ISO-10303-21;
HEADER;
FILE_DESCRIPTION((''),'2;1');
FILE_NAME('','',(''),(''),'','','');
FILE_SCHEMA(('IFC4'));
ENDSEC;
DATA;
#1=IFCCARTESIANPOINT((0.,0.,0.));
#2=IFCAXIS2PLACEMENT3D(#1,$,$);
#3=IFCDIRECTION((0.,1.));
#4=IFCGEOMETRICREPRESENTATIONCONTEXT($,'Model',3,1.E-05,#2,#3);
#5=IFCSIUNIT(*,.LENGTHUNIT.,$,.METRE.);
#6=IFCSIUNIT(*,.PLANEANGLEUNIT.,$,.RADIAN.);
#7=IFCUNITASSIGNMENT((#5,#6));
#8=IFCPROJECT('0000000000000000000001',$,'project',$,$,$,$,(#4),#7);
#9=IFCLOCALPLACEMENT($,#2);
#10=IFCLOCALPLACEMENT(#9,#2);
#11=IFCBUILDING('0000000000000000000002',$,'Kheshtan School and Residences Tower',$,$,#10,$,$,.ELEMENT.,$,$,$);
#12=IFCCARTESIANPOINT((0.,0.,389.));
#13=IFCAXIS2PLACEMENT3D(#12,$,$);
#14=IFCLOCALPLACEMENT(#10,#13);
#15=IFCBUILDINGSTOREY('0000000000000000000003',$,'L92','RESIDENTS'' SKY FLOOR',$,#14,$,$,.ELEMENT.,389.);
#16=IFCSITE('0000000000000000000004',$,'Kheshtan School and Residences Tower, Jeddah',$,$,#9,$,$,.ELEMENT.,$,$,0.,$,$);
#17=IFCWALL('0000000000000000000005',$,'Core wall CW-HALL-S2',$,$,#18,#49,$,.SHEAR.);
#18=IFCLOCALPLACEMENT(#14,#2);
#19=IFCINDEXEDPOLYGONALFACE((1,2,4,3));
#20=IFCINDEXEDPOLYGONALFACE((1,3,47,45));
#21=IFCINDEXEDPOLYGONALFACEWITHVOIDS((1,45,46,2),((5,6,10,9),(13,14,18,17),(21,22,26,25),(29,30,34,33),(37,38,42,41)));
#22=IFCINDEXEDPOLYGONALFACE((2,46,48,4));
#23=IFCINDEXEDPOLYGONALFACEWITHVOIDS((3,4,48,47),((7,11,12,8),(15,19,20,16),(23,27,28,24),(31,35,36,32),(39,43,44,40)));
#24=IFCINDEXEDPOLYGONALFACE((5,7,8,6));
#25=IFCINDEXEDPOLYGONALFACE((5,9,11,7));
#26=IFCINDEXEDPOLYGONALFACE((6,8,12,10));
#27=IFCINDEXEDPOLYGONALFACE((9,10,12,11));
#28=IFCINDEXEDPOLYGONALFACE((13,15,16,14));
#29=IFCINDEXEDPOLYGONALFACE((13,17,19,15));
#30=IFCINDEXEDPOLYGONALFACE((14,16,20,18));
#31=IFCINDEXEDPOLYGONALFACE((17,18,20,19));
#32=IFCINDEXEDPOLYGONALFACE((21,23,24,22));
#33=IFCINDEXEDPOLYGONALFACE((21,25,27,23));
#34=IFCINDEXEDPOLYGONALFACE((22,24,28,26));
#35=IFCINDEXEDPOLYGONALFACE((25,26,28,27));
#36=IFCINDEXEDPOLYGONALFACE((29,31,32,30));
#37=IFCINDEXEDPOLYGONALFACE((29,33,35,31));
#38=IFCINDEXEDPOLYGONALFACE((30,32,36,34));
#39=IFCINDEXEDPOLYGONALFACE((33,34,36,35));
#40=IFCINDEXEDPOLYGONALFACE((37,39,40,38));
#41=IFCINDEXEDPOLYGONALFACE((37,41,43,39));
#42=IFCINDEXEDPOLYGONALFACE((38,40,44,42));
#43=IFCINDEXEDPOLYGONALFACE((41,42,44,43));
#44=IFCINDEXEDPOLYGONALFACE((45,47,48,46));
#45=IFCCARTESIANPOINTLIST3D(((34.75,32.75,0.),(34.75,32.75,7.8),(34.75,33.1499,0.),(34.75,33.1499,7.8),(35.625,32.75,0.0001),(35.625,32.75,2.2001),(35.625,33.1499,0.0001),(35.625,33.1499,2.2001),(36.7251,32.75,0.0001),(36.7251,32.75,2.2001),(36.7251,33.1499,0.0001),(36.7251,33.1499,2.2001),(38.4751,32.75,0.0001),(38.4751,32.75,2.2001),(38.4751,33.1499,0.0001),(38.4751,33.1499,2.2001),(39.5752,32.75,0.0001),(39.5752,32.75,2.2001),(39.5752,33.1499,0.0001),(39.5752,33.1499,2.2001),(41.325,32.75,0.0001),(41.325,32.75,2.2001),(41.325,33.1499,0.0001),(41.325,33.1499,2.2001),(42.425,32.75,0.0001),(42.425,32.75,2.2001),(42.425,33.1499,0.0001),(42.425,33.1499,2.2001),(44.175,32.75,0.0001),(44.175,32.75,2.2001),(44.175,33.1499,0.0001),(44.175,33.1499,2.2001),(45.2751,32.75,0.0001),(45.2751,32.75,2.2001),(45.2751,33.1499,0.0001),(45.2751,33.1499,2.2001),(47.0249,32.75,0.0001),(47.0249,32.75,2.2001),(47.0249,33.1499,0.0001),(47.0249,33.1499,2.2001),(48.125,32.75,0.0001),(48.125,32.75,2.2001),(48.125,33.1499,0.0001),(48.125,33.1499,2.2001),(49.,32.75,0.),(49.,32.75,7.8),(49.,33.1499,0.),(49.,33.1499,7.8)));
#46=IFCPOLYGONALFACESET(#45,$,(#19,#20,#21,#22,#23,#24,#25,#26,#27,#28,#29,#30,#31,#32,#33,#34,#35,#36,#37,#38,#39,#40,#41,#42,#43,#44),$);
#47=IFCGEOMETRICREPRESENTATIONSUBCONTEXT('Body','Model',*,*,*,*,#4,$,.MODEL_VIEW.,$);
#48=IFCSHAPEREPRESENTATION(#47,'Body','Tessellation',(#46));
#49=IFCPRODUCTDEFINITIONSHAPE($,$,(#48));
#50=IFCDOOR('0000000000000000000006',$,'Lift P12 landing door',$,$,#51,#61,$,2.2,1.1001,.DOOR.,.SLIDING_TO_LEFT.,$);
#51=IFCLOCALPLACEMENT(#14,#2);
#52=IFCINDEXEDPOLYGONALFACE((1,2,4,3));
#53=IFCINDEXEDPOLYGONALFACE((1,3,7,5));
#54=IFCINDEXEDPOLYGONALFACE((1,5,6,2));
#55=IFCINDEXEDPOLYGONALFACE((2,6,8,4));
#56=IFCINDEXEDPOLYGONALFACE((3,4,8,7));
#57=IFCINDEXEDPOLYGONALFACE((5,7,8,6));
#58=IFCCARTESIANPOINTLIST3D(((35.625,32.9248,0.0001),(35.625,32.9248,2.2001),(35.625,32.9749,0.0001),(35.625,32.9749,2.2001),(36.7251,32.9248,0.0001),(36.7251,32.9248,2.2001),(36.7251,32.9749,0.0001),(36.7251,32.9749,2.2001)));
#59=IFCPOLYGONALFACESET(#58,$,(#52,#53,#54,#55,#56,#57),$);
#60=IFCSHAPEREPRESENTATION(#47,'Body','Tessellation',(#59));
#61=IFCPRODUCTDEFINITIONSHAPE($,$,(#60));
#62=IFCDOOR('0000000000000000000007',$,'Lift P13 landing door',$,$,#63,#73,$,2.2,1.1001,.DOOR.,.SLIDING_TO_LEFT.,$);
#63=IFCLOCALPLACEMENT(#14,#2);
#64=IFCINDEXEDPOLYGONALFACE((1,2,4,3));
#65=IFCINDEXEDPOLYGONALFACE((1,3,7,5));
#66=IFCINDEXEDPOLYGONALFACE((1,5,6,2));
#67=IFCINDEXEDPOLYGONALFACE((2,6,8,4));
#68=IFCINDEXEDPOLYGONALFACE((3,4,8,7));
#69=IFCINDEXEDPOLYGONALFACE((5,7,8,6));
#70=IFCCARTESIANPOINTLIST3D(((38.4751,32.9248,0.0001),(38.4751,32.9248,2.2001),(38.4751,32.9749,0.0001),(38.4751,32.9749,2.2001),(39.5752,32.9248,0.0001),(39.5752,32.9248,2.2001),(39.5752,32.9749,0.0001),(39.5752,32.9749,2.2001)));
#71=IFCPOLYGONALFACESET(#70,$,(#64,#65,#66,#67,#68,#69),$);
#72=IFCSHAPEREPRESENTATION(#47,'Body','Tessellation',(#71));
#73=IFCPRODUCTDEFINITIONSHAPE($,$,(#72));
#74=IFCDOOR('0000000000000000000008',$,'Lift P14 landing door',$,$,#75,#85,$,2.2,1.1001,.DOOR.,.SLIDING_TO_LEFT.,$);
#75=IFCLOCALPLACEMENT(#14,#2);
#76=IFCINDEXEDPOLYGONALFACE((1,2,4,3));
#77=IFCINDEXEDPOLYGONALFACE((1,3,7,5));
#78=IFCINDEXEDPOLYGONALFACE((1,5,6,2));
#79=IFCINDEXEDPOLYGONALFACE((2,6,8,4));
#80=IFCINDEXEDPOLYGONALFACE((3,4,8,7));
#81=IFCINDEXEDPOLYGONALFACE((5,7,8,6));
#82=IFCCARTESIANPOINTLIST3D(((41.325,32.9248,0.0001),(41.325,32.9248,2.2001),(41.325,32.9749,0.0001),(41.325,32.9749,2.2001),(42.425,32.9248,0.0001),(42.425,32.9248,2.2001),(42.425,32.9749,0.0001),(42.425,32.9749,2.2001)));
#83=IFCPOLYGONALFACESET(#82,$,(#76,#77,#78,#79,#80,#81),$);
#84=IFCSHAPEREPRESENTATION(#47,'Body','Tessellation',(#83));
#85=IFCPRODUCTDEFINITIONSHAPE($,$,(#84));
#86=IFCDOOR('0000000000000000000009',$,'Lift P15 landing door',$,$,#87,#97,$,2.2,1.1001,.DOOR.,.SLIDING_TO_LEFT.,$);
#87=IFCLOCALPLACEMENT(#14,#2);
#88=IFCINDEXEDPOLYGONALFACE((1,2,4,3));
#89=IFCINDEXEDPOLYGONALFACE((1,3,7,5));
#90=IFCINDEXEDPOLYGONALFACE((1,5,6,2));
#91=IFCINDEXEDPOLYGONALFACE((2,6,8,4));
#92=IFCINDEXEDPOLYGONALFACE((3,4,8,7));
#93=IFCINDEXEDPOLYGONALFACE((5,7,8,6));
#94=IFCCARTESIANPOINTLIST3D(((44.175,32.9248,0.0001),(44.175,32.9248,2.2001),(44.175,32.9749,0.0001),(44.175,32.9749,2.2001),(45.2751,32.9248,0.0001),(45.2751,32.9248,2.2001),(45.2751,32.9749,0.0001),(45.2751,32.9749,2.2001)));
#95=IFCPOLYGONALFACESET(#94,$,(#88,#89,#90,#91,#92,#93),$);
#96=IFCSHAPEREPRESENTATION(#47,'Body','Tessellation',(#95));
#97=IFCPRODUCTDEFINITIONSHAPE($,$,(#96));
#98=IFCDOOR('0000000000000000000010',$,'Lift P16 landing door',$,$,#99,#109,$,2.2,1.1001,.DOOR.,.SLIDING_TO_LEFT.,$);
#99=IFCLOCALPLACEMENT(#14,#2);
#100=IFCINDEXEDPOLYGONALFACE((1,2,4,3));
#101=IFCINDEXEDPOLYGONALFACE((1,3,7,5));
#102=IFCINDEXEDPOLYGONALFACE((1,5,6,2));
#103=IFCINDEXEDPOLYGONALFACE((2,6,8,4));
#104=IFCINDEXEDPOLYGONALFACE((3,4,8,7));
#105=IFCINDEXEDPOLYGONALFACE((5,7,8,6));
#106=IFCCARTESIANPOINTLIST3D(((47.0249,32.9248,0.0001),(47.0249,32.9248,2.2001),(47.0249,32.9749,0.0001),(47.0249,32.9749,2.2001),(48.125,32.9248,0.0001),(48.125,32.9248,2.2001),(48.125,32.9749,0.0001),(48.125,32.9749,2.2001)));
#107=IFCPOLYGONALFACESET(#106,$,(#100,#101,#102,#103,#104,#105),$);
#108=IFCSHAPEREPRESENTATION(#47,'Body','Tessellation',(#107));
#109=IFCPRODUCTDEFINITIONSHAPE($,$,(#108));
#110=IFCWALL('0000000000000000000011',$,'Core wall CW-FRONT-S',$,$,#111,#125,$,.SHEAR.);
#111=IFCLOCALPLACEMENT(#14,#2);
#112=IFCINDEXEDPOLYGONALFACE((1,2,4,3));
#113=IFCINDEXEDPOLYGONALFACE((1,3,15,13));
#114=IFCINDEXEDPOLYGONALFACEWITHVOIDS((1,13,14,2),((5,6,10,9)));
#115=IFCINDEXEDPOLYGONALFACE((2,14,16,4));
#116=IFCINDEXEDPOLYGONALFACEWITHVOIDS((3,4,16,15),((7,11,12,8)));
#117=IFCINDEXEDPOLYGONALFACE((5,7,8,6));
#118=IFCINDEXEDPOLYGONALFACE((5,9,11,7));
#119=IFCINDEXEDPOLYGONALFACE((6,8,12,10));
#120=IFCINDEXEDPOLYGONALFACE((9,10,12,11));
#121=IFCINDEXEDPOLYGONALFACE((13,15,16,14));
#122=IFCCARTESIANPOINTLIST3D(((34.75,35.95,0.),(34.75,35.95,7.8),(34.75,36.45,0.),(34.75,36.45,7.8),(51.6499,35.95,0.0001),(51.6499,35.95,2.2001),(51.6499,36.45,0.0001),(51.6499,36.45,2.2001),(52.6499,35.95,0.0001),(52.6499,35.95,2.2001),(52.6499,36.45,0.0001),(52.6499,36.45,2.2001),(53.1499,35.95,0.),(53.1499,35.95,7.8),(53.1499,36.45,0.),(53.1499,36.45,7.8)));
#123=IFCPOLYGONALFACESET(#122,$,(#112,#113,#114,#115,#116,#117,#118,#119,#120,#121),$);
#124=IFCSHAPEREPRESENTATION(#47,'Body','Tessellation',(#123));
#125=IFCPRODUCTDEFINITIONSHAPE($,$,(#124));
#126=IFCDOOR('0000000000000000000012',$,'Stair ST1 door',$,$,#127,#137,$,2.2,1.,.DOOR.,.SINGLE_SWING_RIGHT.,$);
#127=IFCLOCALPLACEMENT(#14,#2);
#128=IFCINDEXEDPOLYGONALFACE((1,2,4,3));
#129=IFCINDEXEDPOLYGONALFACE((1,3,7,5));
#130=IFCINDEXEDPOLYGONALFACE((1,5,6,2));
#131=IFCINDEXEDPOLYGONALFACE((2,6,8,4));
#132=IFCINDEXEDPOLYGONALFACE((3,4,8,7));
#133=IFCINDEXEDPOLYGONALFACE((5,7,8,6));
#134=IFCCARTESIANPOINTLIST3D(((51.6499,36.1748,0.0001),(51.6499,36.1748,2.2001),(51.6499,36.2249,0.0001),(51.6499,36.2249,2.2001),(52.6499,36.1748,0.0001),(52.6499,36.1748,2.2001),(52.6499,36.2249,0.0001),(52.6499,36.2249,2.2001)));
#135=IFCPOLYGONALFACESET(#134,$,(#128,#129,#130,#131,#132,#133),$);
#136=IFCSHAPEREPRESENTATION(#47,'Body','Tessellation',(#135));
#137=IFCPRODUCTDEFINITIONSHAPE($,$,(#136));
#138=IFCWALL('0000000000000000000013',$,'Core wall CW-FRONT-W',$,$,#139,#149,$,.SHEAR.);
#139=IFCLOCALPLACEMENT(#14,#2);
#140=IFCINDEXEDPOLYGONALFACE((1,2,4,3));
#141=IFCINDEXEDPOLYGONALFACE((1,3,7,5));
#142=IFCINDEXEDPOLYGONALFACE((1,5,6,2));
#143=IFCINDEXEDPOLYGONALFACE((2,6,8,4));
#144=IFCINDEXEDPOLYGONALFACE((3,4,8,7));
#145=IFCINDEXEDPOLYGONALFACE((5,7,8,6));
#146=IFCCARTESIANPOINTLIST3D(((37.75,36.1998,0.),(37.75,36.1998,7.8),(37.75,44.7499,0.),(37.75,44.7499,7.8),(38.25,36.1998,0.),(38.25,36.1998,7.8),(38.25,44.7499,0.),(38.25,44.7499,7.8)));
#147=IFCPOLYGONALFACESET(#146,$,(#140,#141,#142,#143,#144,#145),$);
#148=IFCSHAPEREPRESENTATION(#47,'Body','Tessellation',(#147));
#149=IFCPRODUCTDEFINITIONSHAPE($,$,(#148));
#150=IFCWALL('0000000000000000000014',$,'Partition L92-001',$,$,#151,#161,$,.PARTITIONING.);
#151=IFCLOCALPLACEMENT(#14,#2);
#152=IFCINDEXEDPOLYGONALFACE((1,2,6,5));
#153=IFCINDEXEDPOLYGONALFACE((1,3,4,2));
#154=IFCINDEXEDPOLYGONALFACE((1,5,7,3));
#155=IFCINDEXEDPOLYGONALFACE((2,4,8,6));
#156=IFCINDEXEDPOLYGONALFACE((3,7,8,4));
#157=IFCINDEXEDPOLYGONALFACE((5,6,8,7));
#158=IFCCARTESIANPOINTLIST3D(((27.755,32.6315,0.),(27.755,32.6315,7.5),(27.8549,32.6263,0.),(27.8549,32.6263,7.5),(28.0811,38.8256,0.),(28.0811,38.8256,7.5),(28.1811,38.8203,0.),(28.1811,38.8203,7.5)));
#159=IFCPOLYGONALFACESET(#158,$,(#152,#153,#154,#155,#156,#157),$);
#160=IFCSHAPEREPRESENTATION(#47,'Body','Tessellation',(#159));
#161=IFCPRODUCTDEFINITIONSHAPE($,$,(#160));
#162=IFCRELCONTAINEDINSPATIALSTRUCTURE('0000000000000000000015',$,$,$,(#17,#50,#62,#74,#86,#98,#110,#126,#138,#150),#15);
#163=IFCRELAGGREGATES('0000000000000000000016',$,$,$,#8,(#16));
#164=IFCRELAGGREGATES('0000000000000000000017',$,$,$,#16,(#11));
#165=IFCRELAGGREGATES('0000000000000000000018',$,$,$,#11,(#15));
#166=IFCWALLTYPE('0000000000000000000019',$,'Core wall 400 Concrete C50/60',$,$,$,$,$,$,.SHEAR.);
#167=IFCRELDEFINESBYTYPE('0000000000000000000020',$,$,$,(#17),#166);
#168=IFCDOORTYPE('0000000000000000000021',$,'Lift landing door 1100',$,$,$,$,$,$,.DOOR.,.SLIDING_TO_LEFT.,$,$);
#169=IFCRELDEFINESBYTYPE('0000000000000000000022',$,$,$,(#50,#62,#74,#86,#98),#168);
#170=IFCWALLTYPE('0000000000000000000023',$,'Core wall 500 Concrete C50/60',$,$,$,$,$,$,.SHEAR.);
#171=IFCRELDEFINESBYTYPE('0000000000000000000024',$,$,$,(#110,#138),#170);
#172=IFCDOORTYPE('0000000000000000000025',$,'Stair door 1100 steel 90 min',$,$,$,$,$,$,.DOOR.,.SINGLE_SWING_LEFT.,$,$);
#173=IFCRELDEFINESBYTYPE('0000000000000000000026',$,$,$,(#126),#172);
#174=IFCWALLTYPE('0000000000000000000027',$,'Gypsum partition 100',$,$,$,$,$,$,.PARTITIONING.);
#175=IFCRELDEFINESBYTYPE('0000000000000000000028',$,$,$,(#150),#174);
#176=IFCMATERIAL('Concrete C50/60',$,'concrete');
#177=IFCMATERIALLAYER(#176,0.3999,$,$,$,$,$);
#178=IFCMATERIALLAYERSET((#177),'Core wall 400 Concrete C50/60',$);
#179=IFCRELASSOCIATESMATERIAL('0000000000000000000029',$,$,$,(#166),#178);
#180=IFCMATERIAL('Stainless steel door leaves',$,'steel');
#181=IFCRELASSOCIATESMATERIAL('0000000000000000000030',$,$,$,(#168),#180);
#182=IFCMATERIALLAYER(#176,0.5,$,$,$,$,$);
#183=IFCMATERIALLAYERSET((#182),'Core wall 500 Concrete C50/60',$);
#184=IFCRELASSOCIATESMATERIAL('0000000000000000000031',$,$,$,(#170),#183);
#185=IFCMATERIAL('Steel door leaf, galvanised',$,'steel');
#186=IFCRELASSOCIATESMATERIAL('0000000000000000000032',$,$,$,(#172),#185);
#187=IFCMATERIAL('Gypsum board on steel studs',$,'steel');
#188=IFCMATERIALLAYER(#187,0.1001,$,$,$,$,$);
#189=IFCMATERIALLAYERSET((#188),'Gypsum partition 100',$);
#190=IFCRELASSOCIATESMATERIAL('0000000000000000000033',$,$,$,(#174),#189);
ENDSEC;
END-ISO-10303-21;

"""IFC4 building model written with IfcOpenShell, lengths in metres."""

from ifc_helpers import new_model, si_unit, direction, frame, frame_2d, origin, place, context, subcontext, project, spatial, rectangle, extrude, source, transform, mapped, material, layer, layer_set, type_object, element, fill, save


model = new_model("IFC4")

# Units and contexts
model_context = context("Model", 3, precision=1e-05, world=origin(), true_north=direction((0.0, 1.0)))
body_context = subcontext(model_context, "Body", "Model", "MODEL_VIEW")
ifc_project = project(units=[si_unit("LENGTHUNIT", "METRE"), si_unit("PLANEANGLEUNIT", "RADIAN")], contexts=[model_context])

# Site, building, storey
site_placement = place(None, origin())
site = spatial("IfcSite", under=ifc_project, at=site_placement, Name="Kheshtan School and Residences Tower, Jeddah", CompositionType="ELEMENT", RefElevation=0.0)
building_placement = place(site_placement, origin())
building = spatial("IfcBuilding", under=site, at=building_placement, Name="Kheshtan School and Residences Tower", CompositionType="ELEMENT")
storey_placement = place(building_placement, frame((0.0, 0.0, 389.0)))
storey = spatial("IfcBuildingStorey", under=building, at=storey_placement, Name="L92", Description="RESIDENTS' SKY FLOOR", CompositionType="ELEMENT", Elevation=389.0)

# Wall, openings, doors
ifc_material_1 = material(Name="Concrete C50/60", Category="concrete")
ifc_layer_1 = layer(ifc_material_1, 0.3999)
ifc_layer_set_1 = layer_set([ifc_layer_1], Name="Core wall 400 Concrete C50/60")
wall_type_1 = type_object("IfcWallType", Name="Core wall 400 Concrete C50/60", PredefinedType="SHEAR", material=ifc_layer_set_1)
wall_1_placement = place(storey_placement, frame((34.75, 32.95, 0.0), z_axis=(0.0, 0.0, 1.0), x_axis=(1.0, 0.0, 0.0)))
wall_1 = element("IfcWall", 1, at=wall_1_placement, inside=storey, type_object=wall_type_1, Name="Core wall CW-HALL-S2", PredefinedType="SHEAR", context=body_context, shape_type="SweptSolid", body=[
    extrude(rectangle(XDim=14.25, YDim=0.3999, at=frame_2d((7.125, 0.0))), origin(), (0.0, 0.0, 1.0), 7.8),
])
opening_1_placement = place(wall_1_placement, frame((0.875, 0.0, 0.0)))
opening_1 = element("IfcOpeningElement", 2, at=opening_1_placement, cuts=wall_1, PredefinedType="OPENING", context=body_context, shape_type="SweptSolid", body=[
    extrude(rectangle(XDim=1.1001, YDim=2.2, at=frame_2d((0.55, 1.1001))), frame((0.0, 0.21, 0.0), z_axis=(0.0, -1.0, 0.0), x_axis=(1.0, 0.0, 0.0)), (0.0, 0.0, 1.0), 0.4199),
])
opening_2_placement = place(wall_1_placement, frame((3.7251, 0.0, 0.0)))
opening_2 = element("IfcOpeningElement", 3, at=opening_2_placement, cuts=wall_1, PredefinedType="OPENING", context=body_context, shape_type="SweptSolid", body=[
    extrude(rectangle(XDim=1.1001, YDim=2.2, at=frame_2d((0.55, 1.1001))), frame((0.0, 0.21, 0.0), z_axis=(0.0, -1.0, 0.0), x_axis=(1.0, 0.0, 0.0)), (0.0, 0.0, 1.0), 0.4199),
])
opening_3_placement = place(wall_1_placement, frame((6.575, 0.0, 0.0)))
opening_3 = element("IfcOpeningElement", 4, at=opening_3_placement, cuts=wall_1, PredefinedType="OPENING", context=body_context, shape_type="SweptSolid", body=[
    extrude(rectangle(XDim=1.1001, YDim=2.2, at=frame_2d((0.55, 1.1001))), frame((0.0, 0.21, 0.0), z_axis=(0.0, -1.0, 0.0), x_axis=(1.0, 0.0, 0.0)), (0.0, 0.0, 1.0), 0.4199),
])
opening_4_placement = place(wall_1_placement, frame((9.425, 0.0, 0.0)))
opening_4 = element("IfcOpeningElement", 5, at=opening_4_placement, cuts=wall_1, PredefinedType="OPENING", context=body_context, shape_type="SweptSolid", body=[
    extrude(rectangle(XDim=1.1001, YDim=2.2, at=frame_2d((0.55, 1.1001))), frame((0.0, 0.21, 0.0), z_axis=(0.0, -1.0, 0.0), x_axis=(1.0, 0.0, 0.0)), (0.0, 0.0, 1.0), 0.4199),
])
opening_5_placement = place(wall_1_placement, frame((12.2749, 0.0, 0.0)))
opening_5 = element("IfcOpeningElement", 6, at=opening_5_placement, cuts=wall_1, PredefinedType="OPENING", context=body_context, shape_type="SweptSolid", body=[
    extrude(rectangle(XDim=1.1001, YDim=2.2, at=frame_2d((0.55, 1.1001))), frame((0.0, 0.21, 0.0), z_axis=(0.0, -1.0, 0.0), x_axis=(1.0, 0.0, 0.0)), (0.0, 0.0, 1.0), 0.4199),
])
ifc_material_2 = material(Name="Stainless steel door leaves", Category="steel")
door_type_1 = type_object("IfcDoorType", Name="Lift landing door 1100", OperationType="SLIDING_TO_LEFT", PredefinedType="DOOR", material=ifc_material_2)
shared_shape_1 = source(origin(), body_context, "Body", "SweptSolid", [
    extrude(rectangle(XDim=1.1001, YDim=2.2, at=frame_2d((0.55, 1.1001))), frame((0.0, 0.0249, 0.0), z_axis=(0.0, -1.0, 0.0), x_axis=(1.0, 0.0, 0.0)), (0.0, 0.0, 1.0), 0.05),
])
door_1_placement = place(opening_1_placement, origin())
door_1 = element("IfcDoor", 7, at=door_1_placement, inside=storey, type_object=door_type_1, Name="Lift P12 landing door", OperationType="SLIDING_TO_LEFT", OverallHeight=2.2, OverallWidth=1.1001, PredefinedType="DOOR", context=body_context, shape_type="MappedRepresentation", body=[
    mapped(shared_shape_1, transform((0.0, 0.0, 0.0), x_axis=(1.0, 0.0, 0.0), y_axis=(0.0, 1.0, 0.0), z_axis=(0.0, 0.0, 1.0), scale=1.0)),
])
fill(opening_1, door_1)
door_2_placement = place(opening_2_placement, origin())
door_2 = element("IfcDoor", 8, at=door_2_placement, inside=storey, type_object=door_type_1, Name="Lift P13 landing door", OperationType="SLIDING_TO_LEFT", OverallHeight=2.2, OverallWidth=1.1001, PredefinedType="DOOR", context=body_context, shape_type="MappedRepresentation", body=[
    mapped(shared_shape_1, transform((0.0, 0.0, 0.0), x_axis=(1.0, 0.0, 0.0), y_axis=(0.0, 1.0, 0.0), z_axis=(0.0, 0.0, 1.0), scale=1.0)),
])
fill(opening_2, door_2)
door_3_placement = place(opening_3_placement, origin())
door_3 = element("IfcDoor", 9, at=door_3_placement, inside=storey, type_object=door_type_1, Name="Lift P14 landing door", OperationType="SLIDING_TO_LEFT", OverallHeight=2.2, OverallWidth=1.1001, PredefinedType="DOOR", context=body_context, shape_type="MappedRepresentation", body=[
    mapped(shared_shape_1, transform((0.0, 0.0, 0.0), x_axis=(1.0, 0.0, 0.0), y_axis=(0.0, 1.0, 0.0), z_axis=(0.0, 0.0, 1.0), scale=1.0)),
])
fill(opening_3, door_3)
door_4_placement = place(opening_4_placement, origin())
door_4 = element("IfcDoor", 10, at=door_4_placement, inside=storey, type_object=door_type_1, Name="Lift P15 landing door", OperationType="SLIDING_TO_LEFT", OverallHeight=2.2, OverallWidth=1.1001, PredefinedType="DOOR", context=body_context, shape_type="MappedRepresentation", body=[
    mapped(shared_shape_1, transform((0.0, 0.0, 0.0), x_axis=(1.0, 0.0, 0.0), y_axis=(0.0, 1.0, 0.0), z_axis=(0.0, 0.0, 1.0), scale=1.0)),
])
fill(opening_4, door_4)
door_5_placement = place(opening_5_placement, origin())
door_5 = element("IfcDoor", 11, at=door_5_placement, inside=storey, type_object=door_type_1, Name="Lift P16 landing door", OperationType="SLIDING_TO_LEFT", OverallHeight=2.2, OverallWidth=1.1001, PredefinedType="DOOR", context=body_context, shape_type="MappedRepresentation", body=[
    mapped(shared_shape_1, transform((0.0, 0.0, 0.0), x_axis=(1.0, 0.0, 0.0), y_axis=(0.0, 1.0, 0.0), z_axis=(0.0, 0.0, 1.0), scale=1.0)),
])
fill(opening_5, door_5)

# Wall, opening, door
ifc_layer_2 = layer(ifc_material_1, 0.5)
ifc_layer_set_2 = layer_set([ifc_layer_2], Name="Core wall 500 Concrete C50/60")
wall_type_2 = type_object("IfcWallType", Name="Core wall 500 Concrete C50/60", PredefinedType="SHEAR", material=ifc_layer_set_2)
wall_2_placement = place(storey_placement, frame((34.75, 36.2, 0.0), z_axis=(0.0, 0.0, 1.0), x_axis=(1.0, 0.0, 0.0)))
wall_2 = element("IfcWall", 12, at=wall_2_placement, inside=storey, type_object=wall_type_2, Name="Core wall CW-FRONT-S", PredefinedType="SHEAR", context=body_context, shape_type="SweptSolid", body=[
    extrude(rectangle(XDim=18.3999, YDim=0.5, at=frame_2d((9.2, 0.0))), origin(), (0.0, 0.0, 1.0), 7.8),
])
opening_6_placement = place(wall_2_placement, frame((16.8999, 0.0, 0.0)))
opening_6 = element("IfcOpeningElement", 13, at=opening_6_placement, cuts=wall_2, PredefinedType="OPENING", context=body_context, shape_type="SweptSolid", body=[
    extrude(rectangle(XDim=1.0, YDim=2.2, at=frame_2d((0.5, 1.1001))), frame((0.0, 0.26, 0.0), z_axis=(0.0, -1.0, 0.0), x_axis=(1.0, 0.0, 0.0)), (0.0, 0.0, 1.0), 0.52),
])
ifc_material_3 = material(Name="Steel door leaf, galvanised", Category="steel")
door_type_2 = type_object("IfcDoorType", Name="Stair door 1100 steel 90 min", OperationType="SINGLE_SWING_LEFT", PredefinedType="DOOR", material=ifc_material_3)
shared_shape_2 = source(origin(), body_context, "Body", "SweptSolid", [
    extrude(rectangle(XDim=1.0, YDim=2.2, at=frame_2d((0.5, 1.1001))), frame((0.0, 0.0249, 0.0), z_axis=(0.0, -1.0, 0.0), x_axis=(1.0, 0.0, 0.0)), (0.0, 0.0, 1.0), 0.05),
])
door_6_placement = place(opening_6_placement, origin())
door_6 = element("IfcDoor", 14, at=door_6_placement, inside=storey, type_object=door_type_2, Name="Stair ST1 door", OperationType="SINGLE_SWING_RIGHT", OverallHeight=2.2, OverallWidth=1.0, PredefinedType="DOOR", context=body_context, shape_type="MappedRepresentation", body=[
    mapped(shared_shape_2, transform((0.0, 0.0, 0.0), x_axis=(1.0, 0.0, 0.0), y_axis=(0.0, 1.0, 0.0), z_axis=(0.0, 0.0, 1.0), scale=1.0)),
])
fill(opening_6, door_6)

# Walls
wall_3_placement = place(storey_placement, frame((38.0, 36.2, 0.0), z_axis=(0.0, 0.0, 1.0), x_axis=(0.0, 1.0, 0.0)))
element("IfcWall", 15, at=wall_3_placement, inside=storey, type_object=wall_type_2, Name="Core wall CW-FRONT-W", PredefinedType="SHEAR", context=body_context, shape_type="SweptSolid", body=[
    extrude(rectangle(XDim=8.55, YDim=0.5, at=frame_2d((4.2749, 0.0))), origin(), (0.0, 0.0, 1.0), 7.8),
])
ifc_material_4 = material(Name="Gypsum board on steel studs", Category="steel")
ifc_layer_3 = layer(ifc_material_4, 0.1001)
ifc_layer_set_3 = layer_set([ifc_layer_3], Name="Gypsum partition 100")
wall_type_3 = type_object("IfcWallType", Name="Gypsum partition 100", PredefinedType="PARTITIONING", material=ifc_layer_set_3)
wall_4_placement = place(storey_placement, frame((27.8049, 32.6289, 0.0), z_axis=(0.0, 0.0, 1.0), x_axis=(0.052586, 0.998616, 0.0)))
element("IfcWall", 16, at=wall_4_placement, inside=storey, type_object=wall_type_3, Name="Partition L92-001", PredefinedType="PARTITIONING", context=body_context, shape_type="SweptSolid", body=[
    extrude(rectangle(XDim=6.2026, YDim=0.1001, at=frame_2d((3.1013, 0.0))), origin(), (0.0, 0.0, 1.0), 7.5),
])

save(model, "model.ifc")
